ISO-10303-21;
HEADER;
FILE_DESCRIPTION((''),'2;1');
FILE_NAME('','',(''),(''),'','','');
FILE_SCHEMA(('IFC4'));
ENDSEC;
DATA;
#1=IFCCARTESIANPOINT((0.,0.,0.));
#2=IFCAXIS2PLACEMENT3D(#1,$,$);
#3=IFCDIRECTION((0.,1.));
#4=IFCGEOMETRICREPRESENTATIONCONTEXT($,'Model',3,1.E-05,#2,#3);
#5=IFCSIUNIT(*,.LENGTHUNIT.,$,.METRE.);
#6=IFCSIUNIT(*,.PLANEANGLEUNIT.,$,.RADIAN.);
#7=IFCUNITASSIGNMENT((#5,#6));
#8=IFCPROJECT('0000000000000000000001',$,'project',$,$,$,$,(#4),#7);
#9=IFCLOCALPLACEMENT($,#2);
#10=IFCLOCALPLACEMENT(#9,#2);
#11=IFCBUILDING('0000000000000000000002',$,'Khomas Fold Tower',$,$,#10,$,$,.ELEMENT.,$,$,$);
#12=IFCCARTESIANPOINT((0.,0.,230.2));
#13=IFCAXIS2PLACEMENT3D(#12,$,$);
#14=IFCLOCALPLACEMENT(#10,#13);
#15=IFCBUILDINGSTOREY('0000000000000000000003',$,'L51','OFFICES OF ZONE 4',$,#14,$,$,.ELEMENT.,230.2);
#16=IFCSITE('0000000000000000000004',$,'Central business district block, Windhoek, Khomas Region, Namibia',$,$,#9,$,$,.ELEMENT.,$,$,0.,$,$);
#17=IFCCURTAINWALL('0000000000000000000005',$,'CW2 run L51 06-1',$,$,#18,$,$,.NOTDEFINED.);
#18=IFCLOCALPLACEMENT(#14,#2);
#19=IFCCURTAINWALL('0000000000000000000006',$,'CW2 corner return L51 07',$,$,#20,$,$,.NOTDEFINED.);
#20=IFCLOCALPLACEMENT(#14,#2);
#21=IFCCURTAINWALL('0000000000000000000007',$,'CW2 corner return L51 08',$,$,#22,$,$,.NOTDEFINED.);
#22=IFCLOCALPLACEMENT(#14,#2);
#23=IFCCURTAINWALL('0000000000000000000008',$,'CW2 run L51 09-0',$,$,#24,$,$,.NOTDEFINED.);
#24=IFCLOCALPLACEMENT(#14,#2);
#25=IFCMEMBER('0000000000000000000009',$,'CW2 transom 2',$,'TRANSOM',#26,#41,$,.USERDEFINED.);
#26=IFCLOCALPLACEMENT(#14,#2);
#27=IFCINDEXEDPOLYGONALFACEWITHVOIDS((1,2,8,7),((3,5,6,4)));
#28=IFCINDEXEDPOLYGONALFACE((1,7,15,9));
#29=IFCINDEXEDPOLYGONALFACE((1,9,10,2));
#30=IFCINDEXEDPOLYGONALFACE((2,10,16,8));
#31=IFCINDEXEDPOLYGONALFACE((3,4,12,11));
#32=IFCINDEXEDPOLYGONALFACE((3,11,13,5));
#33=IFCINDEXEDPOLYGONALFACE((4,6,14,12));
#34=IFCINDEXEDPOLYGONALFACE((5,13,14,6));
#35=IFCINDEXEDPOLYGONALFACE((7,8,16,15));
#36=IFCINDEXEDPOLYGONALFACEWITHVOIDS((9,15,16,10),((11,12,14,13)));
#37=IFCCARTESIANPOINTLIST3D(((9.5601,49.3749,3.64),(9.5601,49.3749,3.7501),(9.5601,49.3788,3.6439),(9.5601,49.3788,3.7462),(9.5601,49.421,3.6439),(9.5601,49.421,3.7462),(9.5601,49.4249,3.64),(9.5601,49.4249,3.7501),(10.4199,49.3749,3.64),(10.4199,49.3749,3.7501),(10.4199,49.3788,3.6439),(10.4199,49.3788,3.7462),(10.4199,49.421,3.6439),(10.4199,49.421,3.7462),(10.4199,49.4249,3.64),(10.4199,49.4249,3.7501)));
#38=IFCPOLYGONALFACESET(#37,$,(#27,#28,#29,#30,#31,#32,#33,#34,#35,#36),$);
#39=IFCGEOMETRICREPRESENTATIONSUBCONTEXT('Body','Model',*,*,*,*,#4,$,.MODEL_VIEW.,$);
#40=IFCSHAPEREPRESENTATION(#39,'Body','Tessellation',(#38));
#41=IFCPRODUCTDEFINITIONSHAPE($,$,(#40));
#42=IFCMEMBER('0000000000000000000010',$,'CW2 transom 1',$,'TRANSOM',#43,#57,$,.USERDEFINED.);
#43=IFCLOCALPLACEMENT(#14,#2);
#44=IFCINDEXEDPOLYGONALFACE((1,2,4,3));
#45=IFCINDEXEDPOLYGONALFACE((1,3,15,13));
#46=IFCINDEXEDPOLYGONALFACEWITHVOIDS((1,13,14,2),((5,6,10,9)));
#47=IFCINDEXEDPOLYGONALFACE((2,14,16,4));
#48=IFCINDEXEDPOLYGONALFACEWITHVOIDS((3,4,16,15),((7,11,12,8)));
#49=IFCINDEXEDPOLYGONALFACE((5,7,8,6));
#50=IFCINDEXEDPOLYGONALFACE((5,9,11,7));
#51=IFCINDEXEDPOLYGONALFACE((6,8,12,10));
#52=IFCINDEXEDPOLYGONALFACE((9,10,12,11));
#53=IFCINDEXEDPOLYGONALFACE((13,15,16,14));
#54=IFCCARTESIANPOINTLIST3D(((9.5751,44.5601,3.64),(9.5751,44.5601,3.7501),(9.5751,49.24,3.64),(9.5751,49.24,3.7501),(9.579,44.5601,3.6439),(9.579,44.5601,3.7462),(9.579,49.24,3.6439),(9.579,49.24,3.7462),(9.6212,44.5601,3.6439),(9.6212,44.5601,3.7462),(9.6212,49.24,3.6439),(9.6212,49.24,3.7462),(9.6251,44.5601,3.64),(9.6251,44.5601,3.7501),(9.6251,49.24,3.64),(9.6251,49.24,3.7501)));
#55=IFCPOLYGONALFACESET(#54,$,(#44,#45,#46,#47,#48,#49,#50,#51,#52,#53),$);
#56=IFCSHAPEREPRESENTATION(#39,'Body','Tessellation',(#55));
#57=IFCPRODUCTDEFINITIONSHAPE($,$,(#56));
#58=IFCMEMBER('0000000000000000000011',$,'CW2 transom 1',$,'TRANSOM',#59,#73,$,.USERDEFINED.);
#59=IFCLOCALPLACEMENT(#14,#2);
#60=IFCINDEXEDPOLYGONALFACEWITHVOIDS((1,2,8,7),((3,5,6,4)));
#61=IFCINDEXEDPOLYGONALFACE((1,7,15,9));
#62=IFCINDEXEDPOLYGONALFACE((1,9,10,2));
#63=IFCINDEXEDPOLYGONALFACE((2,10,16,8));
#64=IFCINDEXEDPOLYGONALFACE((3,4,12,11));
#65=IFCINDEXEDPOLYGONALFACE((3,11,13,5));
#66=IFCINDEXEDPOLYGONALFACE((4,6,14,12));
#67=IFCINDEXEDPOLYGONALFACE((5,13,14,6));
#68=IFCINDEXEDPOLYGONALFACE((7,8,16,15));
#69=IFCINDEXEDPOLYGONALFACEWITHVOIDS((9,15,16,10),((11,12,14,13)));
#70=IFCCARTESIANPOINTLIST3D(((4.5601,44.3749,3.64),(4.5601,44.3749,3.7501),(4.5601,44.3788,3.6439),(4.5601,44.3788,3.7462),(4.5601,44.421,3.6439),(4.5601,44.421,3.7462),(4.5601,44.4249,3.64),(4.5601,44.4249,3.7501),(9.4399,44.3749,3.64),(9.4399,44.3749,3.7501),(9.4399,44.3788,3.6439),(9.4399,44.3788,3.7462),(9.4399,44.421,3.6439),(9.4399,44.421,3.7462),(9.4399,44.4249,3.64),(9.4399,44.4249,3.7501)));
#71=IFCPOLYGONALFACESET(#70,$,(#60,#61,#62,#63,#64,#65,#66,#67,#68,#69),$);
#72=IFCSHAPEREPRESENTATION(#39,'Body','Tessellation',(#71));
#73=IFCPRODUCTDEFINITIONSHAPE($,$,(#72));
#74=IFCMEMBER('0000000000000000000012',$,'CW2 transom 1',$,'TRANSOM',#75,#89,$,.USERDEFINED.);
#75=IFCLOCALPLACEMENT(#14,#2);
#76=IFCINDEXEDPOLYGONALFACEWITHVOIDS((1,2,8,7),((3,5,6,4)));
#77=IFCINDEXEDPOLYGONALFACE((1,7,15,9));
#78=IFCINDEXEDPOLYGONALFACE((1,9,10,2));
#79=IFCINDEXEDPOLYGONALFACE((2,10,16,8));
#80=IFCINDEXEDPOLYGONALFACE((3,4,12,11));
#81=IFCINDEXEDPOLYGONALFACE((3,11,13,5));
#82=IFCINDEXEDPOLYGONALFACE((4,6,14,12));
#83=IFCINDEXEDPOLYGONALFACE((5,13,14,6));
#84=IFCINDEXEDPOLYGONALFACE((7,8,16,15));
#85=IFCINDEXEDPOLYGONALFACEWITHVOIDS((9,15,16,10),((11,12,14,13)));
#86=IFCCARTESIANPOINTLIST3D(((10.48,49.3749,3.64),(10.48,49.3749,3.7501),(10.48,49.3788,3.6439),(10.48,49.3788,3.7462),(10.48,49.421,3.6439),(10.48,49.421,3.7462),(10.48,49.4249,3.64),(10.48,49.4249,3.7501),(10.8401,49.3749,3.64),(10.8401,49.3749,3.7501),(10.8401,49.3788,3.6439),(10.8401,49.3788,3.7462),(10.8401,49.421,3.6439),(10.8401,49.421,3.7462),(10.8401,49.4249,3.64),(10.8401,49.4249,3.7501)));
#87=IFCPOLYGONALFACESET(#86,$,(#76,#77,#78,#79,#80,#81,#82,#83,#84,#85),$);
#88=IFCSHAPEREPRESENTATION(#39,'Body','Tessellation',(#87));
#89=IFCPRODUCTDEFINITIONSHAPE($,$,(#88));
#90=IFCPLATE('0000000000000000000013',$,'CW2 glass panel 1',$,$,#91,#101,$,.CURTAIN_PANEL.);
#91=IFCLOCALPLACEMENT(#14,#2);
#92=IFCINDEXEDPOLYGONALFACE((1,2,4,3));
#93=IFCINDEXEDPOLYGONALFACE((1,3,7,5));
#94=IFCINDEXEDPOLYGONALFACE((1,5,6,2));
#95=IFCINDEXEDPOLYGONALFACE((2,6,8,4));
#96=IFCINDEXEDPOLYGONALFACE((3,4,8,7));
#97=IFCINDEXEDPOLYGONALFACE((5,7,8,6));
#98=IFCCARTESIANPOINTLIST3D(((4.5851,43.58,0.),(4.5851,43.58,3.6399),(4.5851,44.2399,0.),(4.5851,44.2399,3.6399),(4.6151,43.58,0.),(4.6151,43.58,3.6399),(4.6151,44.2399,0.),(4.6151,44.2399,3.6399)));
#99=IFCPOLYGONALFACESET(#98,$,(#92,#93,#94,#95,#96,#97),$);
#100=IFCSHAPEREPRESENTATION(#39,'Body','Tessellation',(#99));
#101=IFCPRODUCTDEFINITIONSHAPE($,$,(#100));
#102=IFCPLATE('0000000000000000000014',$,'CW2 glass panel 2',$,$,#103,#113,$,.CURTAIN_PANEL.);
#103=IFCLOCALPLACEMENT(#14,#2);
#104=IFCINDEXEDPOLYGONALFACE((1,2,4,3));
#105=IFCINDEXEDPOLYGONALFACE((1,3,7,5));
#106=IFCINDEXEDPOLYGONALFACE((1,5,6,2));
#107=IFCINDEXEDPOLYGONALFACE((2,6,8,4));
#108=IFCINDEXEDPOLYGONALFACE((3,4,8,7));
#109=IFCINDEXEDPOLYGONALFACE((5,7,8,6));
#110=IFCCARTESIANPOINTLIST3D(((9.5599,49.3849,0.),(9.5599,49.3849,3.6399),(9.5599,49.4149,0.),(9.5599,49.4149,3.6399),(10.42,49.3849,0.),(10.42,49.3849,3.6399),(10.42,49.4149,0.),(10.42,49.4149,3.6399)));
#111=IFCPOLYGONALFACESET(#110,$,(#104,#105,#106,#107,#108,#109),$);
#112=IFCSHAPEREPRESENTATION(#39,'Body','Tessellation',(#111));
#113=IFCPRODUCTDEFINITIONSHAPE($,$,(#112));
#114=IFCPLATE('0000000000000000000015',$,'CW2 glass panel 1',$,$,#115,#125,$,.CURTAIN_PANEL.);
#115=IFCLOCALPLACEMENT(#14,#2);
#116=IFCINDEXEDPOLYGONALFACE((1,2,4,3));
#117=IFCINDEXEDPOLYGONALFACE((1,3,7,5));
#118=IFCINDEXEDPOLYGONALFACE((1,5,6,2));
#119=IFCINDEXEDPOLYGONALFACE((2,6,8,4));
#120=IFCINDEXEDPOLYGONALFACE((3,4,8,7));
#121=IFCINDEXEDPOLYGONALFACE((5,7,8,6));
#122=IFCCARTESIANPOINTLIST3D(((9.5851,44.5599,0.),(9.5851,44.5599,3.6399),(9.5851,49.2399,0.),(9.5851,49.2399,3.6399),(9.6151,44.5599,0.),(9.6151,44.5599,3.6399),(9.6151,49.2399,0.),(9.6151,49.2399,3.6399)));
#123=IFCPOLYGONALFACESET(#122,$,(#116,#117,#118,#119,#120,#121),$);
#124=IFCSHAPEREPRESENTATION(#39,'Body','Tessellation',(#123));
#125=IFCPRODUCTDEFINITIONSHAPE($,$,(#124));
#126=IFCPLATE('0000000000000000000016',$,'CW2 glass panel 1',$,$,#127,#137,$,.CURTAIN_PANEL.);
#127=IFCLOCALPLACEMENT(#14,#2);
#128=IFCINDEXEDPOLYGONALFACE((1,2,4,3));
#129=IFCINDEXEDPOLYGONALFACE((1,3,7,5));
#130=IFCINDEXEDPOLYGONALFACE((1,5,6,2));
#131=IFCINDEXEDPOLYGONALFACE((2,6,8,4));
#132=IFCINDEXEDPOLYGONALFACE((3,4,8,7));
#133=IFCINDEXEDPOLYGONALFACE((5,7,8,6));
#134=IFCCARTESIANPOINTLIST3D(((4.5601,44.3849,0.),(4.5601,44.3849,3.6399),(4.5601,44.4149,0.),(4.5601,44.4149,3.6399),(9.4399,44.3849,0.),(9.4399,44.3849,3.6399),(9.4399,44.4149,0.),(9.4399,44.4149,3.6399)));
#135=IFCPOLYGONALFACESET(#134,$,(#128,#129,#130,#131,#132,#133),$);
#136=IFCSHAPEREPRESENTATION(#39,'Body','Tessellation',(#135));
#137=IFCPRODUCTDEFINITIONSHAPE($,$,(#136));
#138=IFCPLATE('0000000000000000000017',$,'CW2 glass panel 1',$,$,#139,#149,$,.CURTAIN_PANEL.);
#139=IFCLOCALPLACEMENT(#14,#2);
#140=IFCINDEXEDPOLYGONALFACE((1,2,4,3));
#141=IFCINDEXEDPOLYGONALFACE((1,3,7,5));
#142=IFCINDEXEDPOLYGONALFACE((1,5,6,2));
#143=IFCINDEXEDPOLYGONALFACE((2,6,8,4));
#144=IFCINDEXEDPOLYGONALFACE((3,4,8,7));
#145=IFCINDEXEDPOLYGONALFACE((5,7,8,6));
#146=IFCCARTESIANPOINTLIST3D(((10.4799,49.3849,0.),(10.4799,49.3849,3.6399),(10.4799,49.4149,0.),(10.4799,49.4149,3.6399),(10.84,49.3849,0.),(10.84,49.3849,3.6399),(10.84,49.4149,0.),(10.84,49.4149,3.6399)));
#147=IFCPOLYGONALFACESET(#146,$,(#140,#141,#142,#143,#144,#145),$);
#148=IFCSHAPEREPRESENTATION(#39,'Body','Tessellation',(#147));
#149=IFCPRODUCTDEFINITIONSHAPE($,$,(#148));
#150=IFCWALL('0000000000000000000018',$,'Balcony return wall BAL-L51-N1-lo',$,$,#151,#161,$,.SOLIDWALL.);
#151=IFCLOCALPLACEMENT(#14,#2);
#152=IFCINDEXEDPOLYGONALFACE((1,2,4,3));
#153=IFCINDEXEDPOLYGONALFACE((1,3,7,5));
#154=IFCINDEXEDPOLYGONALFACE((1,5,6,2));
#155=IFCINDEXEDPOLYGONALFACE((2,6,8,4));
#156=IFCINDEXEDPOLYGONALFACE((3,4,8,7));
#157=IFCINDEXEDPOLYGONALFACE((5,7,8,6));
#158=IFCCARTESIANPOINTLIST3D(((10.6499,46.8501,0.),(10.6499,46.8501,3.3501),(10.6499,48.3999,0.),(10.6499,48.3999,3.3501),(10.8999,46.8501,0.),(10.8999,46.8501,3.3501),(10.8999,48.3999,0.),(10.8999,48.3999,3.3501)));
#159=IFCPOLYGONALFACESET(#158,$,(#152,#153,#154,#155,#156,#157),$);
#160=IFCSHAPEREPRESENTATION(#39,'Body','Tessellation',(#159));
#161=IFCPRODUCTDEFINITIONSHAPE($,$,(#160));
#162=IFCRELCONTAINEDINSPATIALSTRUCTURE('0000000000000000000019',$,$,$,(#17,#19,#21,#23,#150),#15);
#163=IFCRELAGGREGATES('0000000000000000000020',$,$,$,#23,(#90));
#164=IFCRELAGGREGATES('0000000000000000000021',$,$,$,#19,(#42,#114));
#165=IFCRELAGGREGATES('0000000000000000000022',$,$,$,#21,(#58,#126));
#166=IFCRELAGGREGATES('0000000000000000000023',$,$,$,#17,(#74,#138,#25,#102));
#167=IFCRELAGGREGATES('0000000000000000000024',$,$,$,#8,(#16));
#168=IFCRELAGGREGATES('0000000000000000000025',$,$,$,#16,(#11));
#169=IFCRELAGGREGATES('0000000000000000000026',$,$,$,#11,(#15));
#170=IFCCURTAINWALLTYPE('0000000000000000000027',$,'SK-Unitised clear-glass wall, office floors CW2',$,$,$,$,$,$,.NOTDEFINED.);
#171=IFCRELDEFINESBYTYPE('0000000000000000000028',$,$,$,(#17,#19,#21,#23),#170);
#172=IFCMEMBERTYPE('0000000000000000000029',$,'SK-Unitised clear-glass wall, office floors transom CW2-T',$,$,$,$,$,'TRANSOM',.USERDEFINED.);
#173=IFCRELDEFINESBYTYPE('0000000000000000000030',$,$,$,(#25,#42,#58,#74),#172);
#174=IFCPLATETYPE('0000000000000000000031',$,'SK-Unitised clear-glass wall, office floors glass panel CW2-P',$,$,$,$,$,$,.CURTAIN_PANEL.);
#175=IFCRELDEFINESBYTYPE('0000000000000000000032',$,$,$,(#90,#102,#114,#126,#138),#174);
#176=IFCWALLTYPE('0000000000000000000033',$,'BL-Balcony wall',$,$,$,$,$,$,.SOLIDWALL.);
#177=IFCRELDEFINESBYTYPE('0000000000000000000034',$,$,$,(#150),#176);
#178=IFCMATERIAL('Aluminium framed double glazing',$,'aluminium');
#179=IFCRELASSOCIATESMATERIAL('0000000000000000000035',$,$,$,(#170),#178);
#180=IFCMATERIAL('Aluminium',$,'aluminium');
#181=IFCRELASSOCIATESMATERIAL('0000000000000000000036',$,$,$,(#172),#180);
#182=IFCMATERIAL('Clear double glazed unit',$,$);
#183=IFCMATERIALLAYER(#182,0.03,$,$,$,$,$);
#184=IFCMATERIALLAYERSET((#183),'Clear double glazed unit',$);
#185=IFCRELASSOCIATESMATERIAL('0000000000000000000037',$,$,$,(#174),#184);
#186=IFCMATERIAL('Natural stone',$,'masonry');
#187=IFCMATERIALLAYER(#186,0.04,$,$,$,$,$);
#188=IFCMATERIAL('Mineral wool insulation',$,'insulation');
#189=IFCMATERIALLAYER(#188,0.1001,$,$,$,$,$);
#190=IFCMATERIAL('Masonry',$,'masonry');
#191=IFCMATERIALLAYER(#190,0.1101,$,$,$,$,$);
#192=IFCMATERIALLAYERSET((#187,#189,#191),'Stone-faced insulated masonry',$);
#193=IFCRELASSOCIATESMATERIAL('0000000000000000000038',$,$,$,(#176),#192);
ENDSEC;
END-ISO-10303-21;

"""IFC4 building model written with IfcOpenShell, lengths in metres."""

from ifc_helpers import new_model, si_unit, direction, frame, frame_2d, origin, origin_2d, place, context, subcontext, project, spatial, rectangle, hollow_rectangle, extrude, source, transform, mapped, material, layer, layer_set, material_profile, profile_set, type_object, element, aggregate, save


model = new_model("IFC4")

# Units and contexts
model_context = context("Model", 3, precision=1e-05, world=origin(), true_north=direction((0.0, 1.0)))
body_context = subcontext(model_context, "Body", "Model", "MODEL_VIEW")
ifc_project = project(units=[si_unit("LENGTHUNIT", "METRE"), si_unit("PLANEANGLEUNIT", "RADIAN")], contexts=[model_context])

# Site, building, storey
site_placement = place(None, origin())
site = spatial("IfcSite", under=ifc_project, at=site_placement, Name="Central business district block, Windhoek, Khomas Region, Namibia", CompositionType="ELEMENT", RefElevation=0.0)
building_placement = place(site_placement, origin())
building = spatial("IfcBuilding", under=site, at=building_placement, Name="Khomas Fold Tower", CompositionType="ELEMENT")
storey_placement = place(building_placement, frame((0.0, 0.0, 230.2)))
storey = spatial("IfcBuildingStorey", under=building, at=storey_placement, Name="L51", Description="OFFICES OF ZONE 4", CompositionType="ELEMENT", Elevation=230.2)

# Curtain walls
ifc_material_1 = material(Name="Aluminium framed double glazing", Category="aluminium")
curtain_wall_type = type_object("IfcCurtainWallType", Name="SK-Unitised clear-glass wall, office floors CW2", PredefinedType="NOTDEFINED", material=ifc_material_1)
curtain_wall_1_placement = place(storey_placement, origin())
curtain_wall_1 = element("IfcCurtainWall", 1, at=curtain_wall_1_placement, inside=storey, type_object=curtain_wall_type, Name="CW2 run L51 06-1", PredefinedType="NOTDEFINED")
curtain_wall_2_placement = place(storey_placement, origin())
curtain_wall_2 = element("IfcCurtainWall", 2, at=curtain_wall_2_placement, inside=storey, type_object=curtain_wall_type, Name="CW2 corner return L51 07", PredefinedType="NOTDEFINED")
curtain_wall_3_placement = place(storey_placement, origin())
curtain_wall_3 = element("IfcCurtainWall", 3, at=curtain_wall_3_placement, inside=storey, type_object=curtain_wall_type, Name="CW2 corner return L51 08", PredefinedType="NOTDEFINED")

# Curtain wall
curtain_wall_4_placement = place(storey_placement, origin())
curtain_wall_4 = element("IfcCurtainWall", 4, at=curtain_wall_4_placement, inside=storey, type_object=curtain_wall_type, Name="CW2 run L51 09-0", PredefinedType="NOTDEFINED")
ifc_material_2 = material(Name="Aluminium", Category="aluminium")
ifc_material_profile_1 = material_profile(ifc_material_2, hollow_rectangle(XDim=0.05, YDim=0.1101, WallThickness=0.0039, at=origin_2d()), Name="SK-Unitised clear-glass wall, office floors transom CW2-T")
ifc_profile_set_1 = profile_set([ifc_material_profile_1], Name="Aluminium")
member_type_1 = type_object("IfcMemberType", Name="SK-Unitised clear-glass wall, office floors transom CW2-T", ElementType="TRANSOM", PredefinedType="USERDEFINED", material=ifc_profile_set_1)

# Members
shared_shape_1 = source(origin(), body_context, "Body", "SweptSolid", [
    extrude(hollow_rectangle(XDim=0.05, YDim=0.1101, WallThickness=0.0039, at=origin_2d()), origin(), (0.0, 0.0, 1.0), 0.8599),
])
member_1_placement = place(storey_placement, frame((10.4199, 49.3999, 3.6951), z_axis=(-1.0, 0.0, 0.0), x_axis=(0.0, -1.0, 0.0)))
member_1 = element("IfcMember", 5, at=member_1_placement, type_object=member_type_1, Name="CW2 transom 2", ObjectType="TRANSOM", PredefinedType="USERDEFINED", context=body_context, shape_type="MappedRepresentation", body=[
    mapped(shared_shape_1, transform((0.0, 0.0, 0.0))),
])
shared_shape_2 = source(origin(), body_context, "Body", "SweptSolid", [
    extrude(hollow_rectangle(XDim=0.05, YDim=0.1101, WallThickness=0.0039, at=origin_2d()), origin(), (0.0, 0.0, 1.0), 4.6799),
])
member_2_placement = place(storey_placement, frame((9.6001, 49.24, 3.6951), z_axis=(0.0, -1.0, 0.0), x_axis=(1.0, 0.0, 0.0)))
member_2 = element("IfcMember", 6, at=member_2_placement, type_object=member_type_1, Name="CW2 transom 1", ObjectType="TRANSOM", PredefinedType="USERDEFINED", context=body_context, shape_type="MappedRepresentation", body=[
    mapped(shared_shape_2, transform((0.0, 0.0, 0.0))),
])
shared_shape_3 = source(origin(), body_context, "Body", "SweptSolid", [
    extrude(hollow_rectangle(XDim=0.05, YDim=0.1101, WallThickness=0.0039, at=origin_2d()), origin(), (0.0, 0.0, 1.0), 4.8799),
])
member_3_placement = place(storey_placement, frame((9.4399, 44.3999, 3.6951), z_axis=(-1.0, 0.0, 0.0), x_axis=(0.0, -1.0, 0.0)))
member_3 = element("IfcMember", 7, at=member_3_placement, type_object=member_type_1, Name="CW2 transom 1", ObjectType="TRANSOM", PredefinedType="USERDEFINED", context=body_context, shape_type="MappedRepresentation", body=[
    mapped(shared_shape_3, transform((0.0, 0.0, 0.0))),
])
shared_shape_4 = source(origin(), body_context, "Body", "SweptSolid", [
    extrude(hollow_rectangle(XDim=0.05, YDim=0.1101, WallThickness=0.0039, at=origin_2d()), origin(), (0.0, 0.0, 1.0), 0.3601),
])
member_4_placement = place(storey_placement, frame((10.8401, 49.3999, 3.6951), z_axis=(-1.0, 0.0, 0.0), x_axis=(0.0, -1.0, 0.0)))
member_4 = element("IfcMember", 8, at=member_4_placement, type_object=member_type_1, Name="CW2 transom 1", ObjectType="TRANSOM", PredefinedType="USERDEFINED", context=body_context, shape_type="MappedRepresentation", body=[
    mapped(shared_shape_4, transform((0.0, 0.0, 0.0))),
])

# Plates
ifc_material_3 = material(Name="Clear double glazed unit")
ifc_layer_1 = layer(ifc_material_3, 0.03)
ifc_layer_set_1 = layer_set([ifc_layer_1], Name="Clear double glazed unit")
plate_type = type_object("IfcPlateType", Name="SK-Unitised clear-glass wall, office floors glass panel CW2-P", PredefinedType="CURTAIN_PANEL", material=ifc_layer_set_1)
shared_shape_5 = source(origin(), body_context, "Body", "SweptSolid", [
    extrude(rectangle(XDim=0.6599, YDim=0.03, at=origin_2d()), origin(), (0.0, 0.0, 1.0), 3.6399),
])
plate_1_placement = place(storey_placement, frame((4.6001, 43.9099, 0.0), z_axis=(0.0, 0.0, 1.0), x_axis=(0.0, -1.0, 0.0)))
plate_1 = element("IfcPlate", 9, at=plate_1_placement, type_object=plate_type, Name="CW2 glass panel 1", PredefinedType="CURTAIN_PANEL", context=body_context, shape_type="MappedRepresentation", body=[
    mapped(shared_shape_5, transform((0.0, 0.0, 0.0))),
])
aggregate(curtain_wall_4, [plate_1])
shared_shape_6 = source(origin(), body_context, "Body", "SweptSolid", [
    extrude(rectangle(XDim=0.8601, YDim=0.03, at=origin_2d()), origin(), (0.0, 0.0, 1.0), 3.6399),
])
plate_2_placement = place(storey_placement, frame((9.99, 49.3999, 0.0), z_axis=(0.0, 0.0, 1.0), x_axis=(-1.0, 0.0, 0.0)))
plate_2 = element("IfcPlate", 10, at=plate_2_placement, type_object=plate_type, Name="CW2 glass panel 2", PredefinedType="CURTAIN_PANEL", context=body_context, shape_type="MappedRepresentation", body=[
    mapped(shared_shape_6, transform((0.0, 0.0, 0.0))),
])
shared_shape_7 = source(origin(), body_context, "Body", "SweptSolid", [
    extrude(rectangle(XDim=4.6799, YDim=0.03, at=origin_2d()), origin(), (0.0, 0.0, 1.0), 3.6399),
])
plate_3_placement = place(storey_placement, frame((9.6001, 46.8999, 0.0), z_axis=(0.0, 0.0, 1.0), x_axis=(0.0, -1.0, 0.0)))
plate_3 = element("IfcPlate", 11, at=plate_3_placement, type_object=plate_type, Name="CW2 glass panel 1", PredefinedType="CURTAIN_PANEL", context=body_context, shape_type="MappedRepresentation", body=[
    mapped(shared_shape_7, transform((0.0, 0.0, 0.0))),
])
aggregate(curtain_wall_2, [member_2, plate_3])
shared_shape_8 = source(origin(), body_context, "Body", "SweptSolid", [
    extrude(rectangle(XDim=4.8799, YDim=0.03, at=origin_2d()), origin(), (0.0, 0.0, 1.0), 3.6399),
])
plate_4_placement = place(storey_placement, frame((7.0, 44.3999, 0.0), z_axis=(0.0, 0.0, 1.0), x_axis=(-1.0, 0.0, 0.0)))
plate_4 = element("IfcPlate", 12, at=plate_4_placement, type_object=plate_type, Name="CW2 glass panel 1", PredefinedType="CURTAIN_PANEL", context=body_context, shape_type="MappedRepresentation", body=[
    mapped(shared_shape_8, transform((0.0, 0.0, 0.0))),
])
aggregate(curtain_wall_3, [member_3, plate_4])
shared_shape_9 = source(origin(), body_context, "Body", "SweptSolid", [
    extrude(rectangle(XDim=0.3601, YDim=0.03, at=origin_2d()), origin(), (0.0, 0.0, 1.0), 3.6399),
])
plate_5_placement = place(storey_placement, frame((10.6599, 49.3999, 0.0), z_axis=(0.0, 0.0, 1.0), x_axis=(-1.0, 0.0, 0.0)))
plate_5 = element("IfcPlate", 13, at=plate_5_placement, type_object=plate_type, Name="CW2 glass panel 1", PredefinedType="CURTAIN_PANEL", context=body_context, shape_type="MappedRepresentation", body=[
    mapped(shared_shape_9, transform((0.0, 0.0, 0.0))),
])
aggregate(curtain_wall_1, [member_4, plate_5, member_1, plate_2])

# Wall
ifc_material_4 = material(Name="Natural stone", Category="masonry")
ifc_layer_2 = layer(ifc_material_4, 0.04)
ifc_material_5 = material(Name="Mineral wool insulation", Category="insulation")
ifc_layer_3 = layer(ifc_material_5, 0.1001)
ifc_material_6 = material(Name="Masonry", Category="masonry")
ifc_layer_4 = layer(ifc_material_6, 0.1101)
ifc_layer_set_2 = layer_set([ifc_layer_2, ifc_layer_3, ifc_layer_4], Name="Stone-faced insulated masonry")
wall_type = type_object("IfcWallType", Name="BL-Balcony wall", PredefinedType="SOLIDWALL", material=ifc_layer_set_2)
shared_shape_10 = source(origin(), body_context, "Body", "SweptSolid", [
    extrude(rectangle(XDim=1.5498, YDim=0.25, at=frame_2d((0.7749, 0.0))), origin(), (0.0, 0.0, 1.0), 3.3501),
])
wall_placement = place(storey_placement, frame((10.7749, 48.3999, 0.0), z_axis=(0.0, 0.0, 1.0), x_axis=(0.0, -1.0, 0.0)))
element("IfcWall", 14, at=wall_placement, inside=storey, type_object=wall_type, Name="Balcony return wall BAL-L51-N1-lo", PredefinedType="SOLIDWALL", context=body_context, shape_type="MappedRepresentation", body=[
    mapped(shared_shape_10, transform((0.0, 0.0, 0.0))),
])

save(model, "model.ifc")
